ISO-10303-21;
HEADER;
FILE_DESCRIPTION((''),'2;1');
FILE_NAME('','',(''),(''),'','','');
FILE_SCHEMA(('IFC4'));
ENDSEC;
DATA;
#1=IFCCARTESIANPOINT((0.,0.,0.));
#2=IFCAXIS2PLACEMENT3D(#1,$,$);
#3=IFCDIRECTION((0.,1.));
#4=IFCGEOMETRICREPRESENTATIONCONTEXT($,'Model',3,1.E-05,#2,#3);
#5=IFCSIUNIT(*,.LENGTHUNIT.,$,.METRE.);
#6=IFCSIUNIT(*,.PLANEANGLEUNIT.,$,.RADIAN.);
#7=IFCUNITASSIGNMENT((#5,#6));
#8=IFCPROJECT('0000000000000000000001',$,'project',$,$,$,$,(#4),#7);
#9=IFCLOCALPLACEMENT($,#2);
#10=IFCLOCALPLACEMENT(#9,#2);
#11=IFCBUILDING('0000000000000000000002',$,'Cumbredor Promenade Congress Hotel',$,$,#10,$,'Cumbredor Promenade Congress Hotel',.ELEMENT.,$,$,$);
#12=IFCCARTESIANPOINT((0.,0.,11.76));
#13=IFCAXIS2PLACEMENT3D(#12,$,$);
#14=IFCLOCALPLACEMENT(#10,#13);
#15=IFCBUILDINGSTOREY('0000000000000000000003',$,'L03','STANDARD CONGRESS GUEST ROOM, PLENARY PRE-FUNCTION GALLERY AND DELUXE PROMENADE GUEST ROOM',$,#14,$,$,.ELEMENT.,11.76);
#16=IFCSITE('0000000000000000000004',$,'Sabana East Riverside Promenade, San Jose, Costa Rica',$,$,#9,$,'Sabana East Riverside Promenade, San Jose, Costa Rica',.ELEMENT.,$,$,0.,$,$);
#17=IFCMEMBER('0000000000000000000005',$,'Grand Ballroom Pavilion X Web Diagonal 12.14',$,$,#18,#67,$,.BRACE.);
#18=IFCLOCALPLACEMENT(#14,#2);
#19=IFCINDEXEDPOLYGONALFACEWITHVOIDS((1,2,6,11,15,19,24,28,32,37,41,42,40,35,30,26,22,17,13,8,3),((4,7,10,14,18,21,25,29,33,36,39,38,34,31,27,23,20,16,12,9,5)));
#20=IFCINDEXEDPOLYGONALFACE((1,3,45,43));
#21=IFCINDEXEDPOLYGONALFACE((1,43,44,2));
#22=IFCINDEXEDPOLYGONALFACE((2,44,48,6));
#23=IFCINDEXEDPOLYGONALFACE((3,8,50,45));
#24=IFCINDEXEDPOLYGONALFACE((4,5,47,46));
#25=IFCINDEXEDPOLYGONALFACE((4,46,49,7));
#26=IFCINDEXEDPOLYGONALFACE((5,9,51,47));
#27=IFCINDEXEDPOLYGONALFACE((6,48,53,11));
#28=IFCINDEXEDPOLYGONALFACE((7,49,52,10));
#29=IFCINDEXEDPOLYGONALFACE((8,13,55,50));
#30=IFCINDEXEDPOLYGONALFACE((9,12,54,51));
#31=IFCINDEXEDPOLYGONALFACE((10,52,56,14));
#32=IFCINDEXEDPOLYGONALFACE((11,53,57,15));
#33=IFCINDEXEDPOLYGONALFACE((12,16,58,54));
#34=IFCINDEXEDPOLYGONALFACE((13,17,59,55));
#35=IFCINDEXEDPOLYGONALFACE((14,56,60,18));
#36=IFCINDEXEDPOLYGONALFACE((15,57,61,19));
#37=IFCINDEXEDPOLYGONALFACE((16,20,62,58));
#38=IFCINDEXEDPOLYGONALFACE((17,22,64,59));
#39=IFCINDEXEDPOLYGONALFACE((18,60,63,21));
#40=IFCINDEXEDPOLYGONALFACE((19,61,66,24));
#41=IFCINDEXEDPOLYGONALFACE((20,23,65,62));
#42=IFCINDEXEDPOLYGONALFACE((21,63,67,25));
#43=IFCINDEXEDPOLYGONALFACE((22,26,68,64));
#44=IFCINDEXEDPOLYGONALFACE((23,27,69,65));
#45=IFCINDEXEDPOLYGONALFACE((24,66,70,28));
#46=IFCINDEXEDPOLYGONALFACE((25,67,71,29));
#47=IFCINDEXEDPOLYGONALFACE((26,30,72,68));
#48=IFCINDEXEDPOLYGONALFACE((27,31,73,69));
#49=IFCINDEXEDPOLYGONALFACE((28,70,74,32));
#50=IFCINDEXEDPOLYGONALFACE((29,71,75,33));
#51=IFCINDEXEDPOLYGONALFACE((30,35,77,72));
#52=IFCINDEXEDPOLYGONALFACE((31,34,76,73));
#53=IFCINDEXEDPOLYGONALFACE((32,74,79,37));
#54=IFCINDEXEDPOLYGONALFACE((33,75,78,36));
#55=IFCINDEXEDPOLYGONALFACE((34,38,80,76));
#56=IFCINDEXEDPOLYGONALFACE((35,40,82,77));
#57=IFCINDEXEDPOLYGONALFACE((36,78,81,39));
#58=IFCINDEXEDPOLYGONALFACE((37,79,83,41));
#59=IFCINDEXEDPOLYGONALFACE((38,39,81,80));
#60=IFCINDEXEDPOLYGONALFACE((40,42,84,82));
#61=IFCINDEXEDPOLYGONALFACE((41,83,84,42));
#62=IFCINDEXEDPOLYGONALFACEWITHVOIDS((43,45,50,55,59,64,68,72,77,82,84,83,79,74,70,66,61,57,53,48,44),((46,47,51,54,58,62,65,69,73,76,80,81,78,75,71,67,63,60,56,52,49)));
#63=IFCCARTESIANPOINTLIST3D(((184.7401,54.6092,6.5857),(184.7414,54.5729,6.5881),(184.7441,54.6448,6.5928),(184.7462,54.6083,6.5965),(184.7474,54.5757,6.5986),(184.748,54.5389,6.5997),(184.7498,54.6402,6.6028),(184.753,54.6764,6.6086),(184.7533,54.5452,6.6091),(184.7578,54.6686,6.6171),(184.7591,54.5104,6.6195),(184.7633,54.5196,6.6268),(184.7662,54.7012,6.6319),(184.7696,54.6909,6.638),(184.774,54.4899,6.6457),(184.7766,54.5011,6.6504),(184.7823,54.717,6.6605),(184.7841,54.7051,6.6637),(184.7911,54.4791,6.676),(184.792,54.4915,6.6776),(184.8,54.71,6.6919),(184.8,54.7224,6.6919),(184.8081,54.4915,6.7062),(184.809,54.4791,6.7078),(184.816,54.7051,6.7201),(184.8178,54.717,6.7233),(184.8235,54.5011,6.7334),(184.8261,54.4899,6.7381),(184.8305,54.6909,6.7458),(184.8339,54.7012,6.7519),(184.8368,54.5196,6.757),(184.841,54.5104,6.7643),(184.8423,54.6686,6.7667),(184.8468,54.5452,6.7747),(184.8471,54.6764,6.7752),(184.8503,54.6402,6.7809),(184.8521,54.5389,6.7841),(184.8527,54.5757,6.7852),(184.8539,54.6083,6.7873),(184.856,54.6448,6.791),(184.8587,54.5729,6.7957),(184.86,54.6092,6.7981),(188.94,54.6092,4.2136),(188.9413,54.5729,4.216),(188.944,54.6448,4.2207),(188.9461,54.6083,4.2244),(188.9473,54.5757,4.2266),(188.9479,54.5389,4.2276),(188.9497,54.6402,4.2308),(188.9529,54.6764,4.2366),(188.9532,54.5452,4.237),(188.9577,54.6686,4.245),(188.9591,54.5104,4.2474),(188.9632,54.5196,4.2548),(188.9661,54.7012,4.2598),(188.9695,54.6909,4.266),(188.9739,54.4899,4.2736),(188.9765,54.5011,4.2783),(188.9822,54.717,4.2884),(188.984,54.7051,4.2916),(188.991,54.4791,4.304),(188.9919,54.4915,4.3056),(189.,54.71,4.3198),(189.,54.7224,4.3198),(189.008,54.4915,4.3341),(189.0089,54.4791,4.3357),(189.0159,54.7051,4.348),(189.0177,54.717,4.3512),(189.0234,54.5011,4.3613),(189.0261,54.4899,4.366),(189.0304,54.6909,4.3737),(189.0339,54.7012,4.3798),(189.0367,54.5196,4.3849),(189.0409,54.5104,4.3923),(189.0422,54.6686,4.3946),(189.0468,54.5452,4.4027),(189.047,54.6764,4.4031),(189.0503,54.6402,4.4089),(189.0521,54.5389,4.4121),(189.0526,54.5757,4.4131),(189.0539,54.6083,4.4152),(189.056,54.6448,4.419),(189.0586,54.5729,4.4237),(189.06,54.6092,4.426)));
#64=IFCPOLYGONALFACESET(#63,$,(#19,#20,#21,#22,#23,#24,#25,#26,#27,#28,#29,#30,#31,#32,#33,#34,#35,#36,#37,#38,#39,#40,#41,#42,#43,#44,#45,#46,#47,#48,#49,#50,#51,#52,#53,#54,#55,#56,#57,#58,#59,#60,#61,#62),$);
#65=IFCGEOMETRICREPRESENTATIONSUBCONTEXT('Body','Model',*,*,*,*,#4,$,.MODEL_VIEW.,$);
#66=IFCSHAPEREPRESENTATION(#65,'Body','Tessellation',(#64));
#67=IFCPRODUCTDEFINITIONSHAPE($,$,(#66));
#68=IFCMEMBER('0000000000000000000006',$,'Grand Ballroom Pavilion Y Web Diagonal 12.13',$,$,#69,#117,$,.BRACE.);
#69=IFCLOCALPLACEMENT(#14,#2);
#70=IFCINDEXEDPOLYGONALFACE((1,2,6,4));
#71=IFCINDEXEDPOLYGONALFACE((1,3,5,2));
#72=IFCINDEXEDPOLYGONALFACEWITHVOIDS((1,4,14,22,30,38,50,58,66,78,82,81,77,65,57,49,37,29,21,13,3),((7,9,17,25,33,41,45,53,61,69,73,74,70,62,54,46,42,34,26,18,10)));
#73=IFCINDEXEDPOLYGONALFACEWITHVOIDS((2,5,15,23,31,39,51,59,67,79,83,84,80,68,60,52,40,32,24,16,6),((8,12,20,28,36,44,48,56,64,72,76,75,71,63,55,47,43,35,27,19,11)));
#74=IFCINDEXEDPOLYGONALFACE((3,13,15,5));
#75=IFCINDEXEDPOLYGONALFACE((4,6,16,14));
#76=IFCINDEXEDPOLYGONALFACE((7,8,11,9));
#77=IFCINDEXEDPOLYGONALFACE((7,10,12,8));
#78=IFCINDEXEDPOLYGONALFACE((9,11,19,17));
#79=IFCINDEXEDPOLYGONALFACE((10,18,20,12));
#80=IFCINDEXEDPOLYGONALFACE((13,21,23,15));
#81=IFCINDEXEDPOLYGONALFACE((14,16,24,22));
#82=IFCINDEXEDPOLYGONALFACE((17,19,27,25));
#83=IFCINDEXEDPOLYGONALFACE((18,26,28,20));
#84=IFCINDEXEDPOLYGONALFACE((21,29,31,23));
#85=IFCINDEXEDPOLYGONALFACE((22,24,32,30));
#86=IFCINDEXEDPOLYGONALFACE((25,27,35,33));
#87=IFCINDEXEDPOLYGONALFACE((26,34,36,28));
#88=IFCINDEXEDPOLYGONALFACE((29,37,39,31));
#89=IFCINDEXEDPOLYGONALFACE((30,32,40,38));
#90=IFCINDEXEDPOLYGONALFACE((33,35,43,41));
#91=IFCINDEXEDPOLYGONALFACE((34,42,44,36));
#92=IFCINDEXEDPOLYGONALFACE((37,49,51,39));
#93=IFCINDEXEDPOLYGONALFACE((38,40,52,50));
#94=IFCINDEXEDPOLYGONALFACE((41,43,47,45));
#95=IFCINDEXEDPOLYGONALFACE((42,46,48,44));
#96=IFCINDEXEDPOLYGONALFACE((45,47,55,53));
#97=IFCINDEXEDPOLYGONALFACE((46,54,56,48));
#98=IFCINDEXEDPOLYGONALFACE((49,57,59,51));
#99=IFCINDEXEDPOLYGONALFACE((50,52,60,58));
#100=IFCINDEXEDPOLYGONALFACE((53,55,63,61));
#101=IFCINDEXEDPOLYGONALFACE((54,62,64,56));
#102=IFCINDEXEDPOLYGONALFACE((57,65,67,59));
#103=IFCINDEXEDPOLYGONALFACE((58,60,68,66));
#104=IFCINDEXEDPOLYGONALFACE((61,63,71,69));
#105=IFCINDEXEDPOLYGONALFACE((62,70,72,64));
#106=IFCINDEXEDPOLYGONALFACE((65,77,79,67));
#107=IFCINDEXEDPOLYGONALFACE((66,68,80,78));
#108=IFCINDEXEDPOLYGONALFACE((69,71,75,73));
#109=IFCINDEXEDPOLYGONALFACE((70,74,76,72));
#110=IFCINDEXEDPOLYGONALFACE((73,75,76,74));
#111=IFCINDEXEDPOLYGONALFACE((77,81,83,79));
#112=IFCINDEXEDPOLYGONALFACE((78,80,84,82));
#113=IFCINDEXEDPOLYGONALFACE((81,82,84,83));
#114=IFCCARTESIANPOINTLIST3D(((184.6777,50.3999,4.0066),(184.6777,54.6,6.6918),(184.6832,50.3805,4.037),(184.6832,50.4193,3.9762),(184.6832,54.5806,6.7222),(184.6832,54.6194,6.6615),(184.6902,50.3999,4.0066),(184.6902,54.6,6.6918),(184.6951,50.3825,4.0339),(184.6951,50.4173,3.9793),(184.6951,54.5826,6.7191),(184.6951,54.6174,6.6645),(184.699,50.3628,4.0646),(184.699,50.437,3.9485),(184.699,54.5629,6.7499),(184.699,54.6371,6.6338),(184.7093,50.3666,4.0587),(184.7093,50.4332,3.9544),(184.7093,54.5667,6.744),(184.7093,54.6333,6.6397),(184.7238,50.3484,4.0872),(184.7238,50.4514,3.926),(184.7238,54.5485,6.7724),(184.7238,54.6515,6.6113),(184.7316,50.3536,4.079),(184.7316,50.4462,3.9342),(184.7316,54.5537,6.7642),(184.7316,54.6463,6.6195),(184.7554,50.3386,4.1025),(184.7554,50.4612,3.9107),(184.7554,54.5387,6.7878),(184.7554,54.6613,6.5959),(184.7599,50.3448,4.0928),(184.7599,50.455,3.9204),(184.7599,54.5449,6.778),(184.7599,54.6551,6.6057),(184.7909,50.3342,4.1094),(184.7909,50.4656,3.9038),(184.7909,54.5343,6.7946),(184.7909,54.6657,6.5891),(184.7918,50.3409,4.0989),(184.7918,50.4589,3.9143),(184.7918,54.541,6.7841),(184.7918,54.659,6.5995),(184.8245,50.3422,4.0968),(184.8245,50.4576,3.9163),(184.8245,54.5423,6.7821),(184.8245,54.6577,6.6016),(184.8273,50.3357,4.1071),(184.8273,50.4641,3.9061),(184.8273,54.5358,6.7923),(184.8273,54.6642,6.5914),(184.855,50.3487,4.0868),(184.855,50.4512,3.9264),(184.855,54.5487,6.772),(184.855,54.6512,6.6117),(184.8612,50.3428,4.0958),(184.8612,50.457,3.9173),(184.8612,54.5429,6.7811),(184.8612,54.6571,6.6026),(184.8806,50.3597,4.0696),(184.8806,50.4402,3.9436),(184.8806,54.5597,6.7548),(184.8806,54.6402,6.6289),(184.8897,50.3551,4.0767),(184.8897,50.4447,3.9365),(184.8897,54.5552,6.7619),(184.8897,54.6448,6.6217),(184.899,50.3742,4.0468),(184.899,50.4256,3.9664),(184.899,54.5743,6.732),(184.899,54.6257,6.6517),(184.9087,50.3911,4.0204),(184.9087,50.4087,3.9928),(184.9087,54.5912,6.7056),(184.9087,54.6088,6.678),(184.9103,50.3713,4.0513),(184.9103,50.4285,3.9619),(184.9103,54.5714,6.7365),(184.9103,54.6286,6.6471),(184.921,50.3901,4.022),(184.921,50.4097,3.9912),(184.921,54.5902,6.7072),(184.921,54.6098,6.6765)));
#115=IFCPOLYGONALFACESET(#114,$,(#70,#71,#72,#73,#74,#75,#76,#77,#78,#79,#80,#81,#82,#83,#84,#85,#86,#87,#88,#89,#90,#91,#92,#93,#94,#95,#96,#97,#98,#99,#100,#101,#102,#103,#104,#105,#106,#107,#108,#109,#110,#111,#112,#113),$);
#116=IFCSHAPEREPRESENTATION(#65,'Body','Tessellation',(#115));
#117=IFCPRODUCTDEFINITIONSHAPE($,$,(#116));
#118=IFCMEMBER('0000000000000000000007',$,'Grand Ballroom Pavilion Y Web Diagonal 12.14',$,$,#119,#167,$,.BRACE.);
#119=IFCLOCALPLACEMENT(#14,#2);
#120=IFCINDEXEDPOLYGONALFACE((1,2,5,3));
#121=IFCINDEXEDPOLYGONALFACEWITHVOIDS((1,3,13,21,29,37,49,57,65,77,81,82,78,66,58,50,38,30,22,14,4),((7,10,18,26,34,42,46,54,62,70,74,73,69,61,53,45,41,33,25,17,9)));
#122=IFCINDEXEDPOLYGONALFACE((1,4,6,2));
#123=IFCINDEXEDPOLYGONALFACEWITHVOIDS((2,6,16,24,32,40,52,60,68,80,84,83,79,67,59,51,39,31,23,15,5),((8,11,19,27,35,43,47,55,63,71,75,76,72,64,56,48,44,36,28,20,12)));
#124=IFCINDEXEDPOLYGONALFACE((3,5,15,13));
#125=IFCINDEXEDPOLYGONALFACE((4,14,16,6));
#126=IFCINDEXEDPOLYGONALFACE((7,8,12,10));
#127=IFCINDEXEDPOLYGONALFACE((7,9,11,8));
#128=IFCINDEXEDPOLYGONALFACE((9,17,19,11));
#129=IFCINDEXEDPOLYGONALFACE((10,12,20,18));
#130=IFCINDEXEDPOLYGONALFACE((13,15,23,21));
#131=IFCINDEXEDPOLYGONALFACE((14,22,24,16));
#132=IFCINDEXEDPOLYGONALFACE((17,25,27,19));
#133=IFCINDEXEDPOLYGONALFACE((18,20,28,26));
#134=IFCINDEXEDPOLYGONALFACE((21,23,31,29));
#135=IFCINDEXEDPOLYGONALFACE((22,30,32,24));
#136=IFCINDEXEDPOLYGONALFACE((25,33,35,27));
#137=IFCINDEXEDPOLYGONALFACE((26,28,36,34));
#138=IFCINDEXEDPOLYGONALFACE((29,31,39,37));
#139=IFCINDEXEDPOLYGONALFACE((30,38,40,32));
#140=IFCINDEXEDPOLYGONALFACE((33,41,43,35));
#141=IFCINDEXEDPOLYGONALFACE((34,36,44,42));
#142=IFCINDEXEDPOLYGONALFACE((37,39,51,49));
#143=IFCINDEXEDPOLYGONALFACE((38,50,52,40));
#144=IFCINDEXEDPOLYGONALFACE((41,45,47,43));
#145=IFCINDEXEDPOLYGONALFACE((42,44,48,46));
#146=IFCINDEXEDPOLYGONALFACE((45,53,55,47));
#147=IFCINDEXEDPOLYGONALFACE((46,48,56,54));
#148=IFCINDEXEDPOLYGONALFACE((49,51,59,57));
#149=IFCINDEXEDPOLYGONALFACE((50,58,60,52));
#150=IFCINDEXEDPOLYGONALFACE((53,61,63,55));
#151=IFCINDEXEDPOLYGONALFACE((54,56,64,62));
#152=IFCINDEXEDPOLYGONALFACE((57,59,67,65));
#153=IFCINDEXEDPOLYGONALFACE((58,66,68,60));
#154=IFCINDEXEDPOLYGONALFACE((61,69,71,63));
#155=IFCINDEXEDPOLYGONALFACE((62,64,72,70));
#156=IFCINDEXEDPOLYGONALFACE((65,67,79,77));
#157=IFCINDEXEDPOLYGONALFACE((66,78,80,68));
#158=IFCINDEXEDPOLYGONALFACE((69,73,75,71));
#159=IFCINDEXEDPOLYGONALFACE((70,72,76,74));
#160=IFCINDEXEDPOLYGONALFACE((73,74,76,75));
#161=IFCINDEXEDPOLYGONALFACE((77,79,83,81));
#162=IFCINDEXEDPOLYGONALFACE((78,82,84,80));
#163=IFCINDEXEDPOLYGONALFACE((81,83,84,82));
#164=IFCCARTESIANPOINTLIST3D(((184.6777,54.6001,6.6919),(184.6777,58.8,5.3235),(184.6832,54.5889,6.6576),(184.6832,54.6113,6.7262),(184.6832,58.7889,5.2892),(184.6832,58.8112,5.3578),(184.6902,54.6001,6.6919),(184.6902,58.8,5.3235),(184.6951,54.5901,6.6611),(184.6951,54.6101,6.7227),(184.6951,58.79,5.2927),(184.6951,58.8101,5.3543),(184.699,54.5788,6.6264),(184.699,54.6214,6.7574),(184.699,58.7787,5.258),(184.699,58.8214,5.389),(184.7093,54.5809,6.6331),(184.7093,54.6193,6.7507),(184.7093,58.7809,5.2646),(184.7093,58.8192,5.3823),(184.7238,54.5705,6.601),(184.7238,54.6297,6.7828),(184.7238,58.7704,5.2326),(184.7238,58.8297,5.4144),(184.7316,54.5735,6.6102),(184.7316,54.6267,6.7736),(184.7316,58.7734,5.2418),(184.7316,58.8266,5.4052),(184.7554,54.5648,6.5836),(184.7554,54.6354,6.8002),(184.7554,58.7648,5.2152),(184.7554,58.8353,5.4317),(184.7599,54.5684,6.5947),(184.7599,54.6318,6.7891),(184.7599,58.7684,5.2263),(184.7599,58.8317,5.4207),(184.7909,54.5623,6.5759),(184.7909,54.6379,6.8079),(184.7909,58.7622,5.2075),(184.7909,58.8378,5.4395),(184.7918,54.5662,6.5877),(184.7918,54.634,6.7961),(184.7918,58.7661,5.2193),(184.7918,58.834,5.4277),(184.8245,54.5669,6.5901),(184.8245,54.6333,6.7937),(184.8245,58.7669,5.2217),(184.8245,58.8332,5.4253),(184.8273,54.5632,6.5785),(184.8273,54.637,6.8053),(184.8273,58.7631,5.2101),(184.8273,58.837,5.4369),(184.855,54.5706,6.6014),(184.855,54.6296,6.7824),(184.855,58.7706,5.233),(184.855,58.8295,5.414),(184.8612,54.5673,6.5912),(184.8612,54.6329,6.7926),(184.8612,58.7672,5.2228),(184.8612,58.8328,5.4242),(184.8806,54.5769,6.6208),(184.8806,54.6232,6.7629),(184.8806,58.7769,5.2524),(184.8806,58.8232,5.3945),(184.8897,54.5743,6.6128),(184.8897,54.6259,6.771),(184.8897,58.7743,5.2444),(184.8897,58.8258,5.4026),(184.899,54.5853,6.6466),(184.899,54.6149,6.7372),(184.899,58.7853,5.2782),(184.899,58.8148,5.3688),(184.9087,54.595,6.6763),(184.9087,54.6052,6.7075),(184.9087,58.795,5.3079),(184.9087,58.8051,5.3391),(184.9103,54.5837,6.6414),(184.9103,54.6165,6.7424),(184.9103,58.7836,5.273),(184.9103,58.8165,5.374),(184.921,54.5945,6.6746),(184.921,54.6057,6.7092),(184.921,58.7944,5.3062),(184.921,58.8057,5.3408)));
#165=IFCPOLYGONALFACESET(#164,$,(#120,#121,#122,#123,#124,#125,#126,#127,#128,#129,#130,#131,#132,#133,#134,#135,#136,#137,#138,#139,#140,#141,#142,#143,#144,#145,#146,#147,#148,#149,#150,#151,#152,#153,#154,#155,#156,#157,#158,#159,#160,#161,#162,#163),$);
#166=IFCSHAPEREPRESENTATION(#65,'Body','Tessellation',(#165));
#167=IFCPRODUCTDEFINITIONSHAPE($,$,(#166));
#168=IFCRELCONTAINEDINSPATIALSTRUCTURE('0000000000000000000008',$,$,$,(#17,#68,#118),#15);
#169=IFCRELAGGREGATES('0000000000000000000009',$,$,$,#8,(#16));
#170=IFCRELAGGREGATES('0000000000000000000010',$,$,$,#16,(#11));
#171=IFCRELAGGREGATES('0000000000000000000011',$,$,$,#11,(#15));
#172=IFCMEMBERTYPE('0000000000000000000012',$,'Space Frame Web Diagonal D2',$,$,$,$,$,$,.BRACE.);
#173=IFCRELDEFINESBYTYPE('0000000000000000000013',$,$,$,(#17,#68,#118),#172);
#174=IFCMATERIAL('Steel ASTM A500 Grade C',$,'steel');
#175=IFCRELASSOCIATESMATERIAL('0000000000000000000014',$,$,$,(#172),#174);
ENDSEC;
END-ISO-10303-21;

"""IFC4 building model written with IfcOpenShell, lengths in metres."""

from ifc_helpers import new_model, si_unit, direction, frame, origin, origin_2d, place, context, subcontext, project, spatial, hollow_circle, extrude, material, material_profile, profile_set, type_object, element, save


model = new_model("IFC4")

# Units and contexts
model_context = context("Model", 3, precision=1e-05, world=origin(), true_north=direction((0.0, 1.0)))
body_context = subcontext(model_context, "Body", "Model", "MODEL_VIEW")
ifc_project = project(units=[si_unit("LENGTHUNIT", "METRE"), si_unit("PLANEANGLEUNIT", "RADIAN")], contexts=[model_context])

# Site, building, storey
site_placement = place(None, origin())
site = spatial("IfcSite", under=ifc_project, at=site_placement, Name="Sabana East Riverside Promenade, San Jose, Costa Rica", LongName="Sabana East Riverside Promenade, San Jose, Costa Rica", CompositionType="ELEMENT", RefElevation=0.0)
building_placement = place(site_placement, origin())
building = spatial("IfcBuilding", under=site, at=building_placement, Name="Cumbredor Promenade Congress Hotel", LongName="Cumbredor Promenade Congress Hotel", CompositionType="ELEMENT")
storey_placement = place(building_placement, frame((0.0, 0.0, 11.76)))
storey = spatial("IfcBuildingStorey", under=building, at=storey_placement, Name="L03", Description="STANDARD CONGRESS GUEST ROOM, PLENARY PRE-FUNCTION GALLERY AND DELUXE PROMENADE GUEST ROOM", CompositionType="ELEMENT", Elevation=11.76)

# Shared definitions
ifc_material_1 = material(Name="Steel ASTM A500 Grade C", Category="steel")

# Members
ifc_material_profile_1 = material_profile(ifc_material_1, hollow_circle(Radius=0.1223, WallThickness=0.0125, at=origin_2d()), Name="CHS 244.5x12.5")
ifc_profile_set_1 = profile_set([ifc_material_profile_1], Name="Steel ASTM A500 Grade C")
member_type_1 = type_object("IfcMemberType", Name="Space Frame Web Diagonal D2", PredefinedType="BRACE", material=ifc_profile_set_1)
member_1_placement = place(storey_placement, frame((184.8, 54.6001, 6.6919), z_axis=(0.870724, 0.0, -0.491772), x_axis=(0.0, 1.0, 0.0)))
element("IfcMember", 1, at=member_1_placement, inside=storey, type_object=member_type_1, Name="Grand Ballroom Pavilion X Web Diagonal 12.14", PredefinedType="BRACE", context=body_context, shape_type="SweptSolid", body=[
    extrude(hollow_circle(Radius=0.1223, WallThickness=0.0125, at=origin_2d()), origin(), (0.0, 0.0, 1.0), 4.8235),
])
member_2_placement = place(storey_placement, frame((184.8, 50.3999, 4.0066), z_axis=(0.0, 0.842528, 0.538652), x_axis=(-1.0, 0.0, 0.0)))
element("IfcMember", 2, at=member_2_placement, inside=storey, type_object=member_type_1, Name="Grand Ballroom Pavilion Y Web Diagonal 12.13", PredefinedType="BRACE", context=body_context, shape_type="SweptSolid", body=[
    extrude(hollow_circle(Radius=0.1223, WallThickness=0.0125, at=origin_2d()), origin(), (0.0, 0.0, 1.0), 4.9851),
])
member_3_placement = place(storey_placement, frame((184.8, 54.6001, 6.6919), z_axis=(0.0, 0.950806, -0.309787), x_axis=(-1.0, 0.0, 0.0)))
element("IfcMember", 3, at=member_3_placement, inside=storey, type_object=member_type_1, Name="Grand Ballroom Pavilion Y Web Diagonal 12.14", PredefinedType="BRACE", context=body_context, shape_type="SweptSolid", body=[
    extrude(hollow_circle(Radius=0.1223, WallThickness=0.0125, at=origin_2d()), origin(), (0.0, 0.0, 1.0), 4.4172),
])

save(model, "model.ifc")
